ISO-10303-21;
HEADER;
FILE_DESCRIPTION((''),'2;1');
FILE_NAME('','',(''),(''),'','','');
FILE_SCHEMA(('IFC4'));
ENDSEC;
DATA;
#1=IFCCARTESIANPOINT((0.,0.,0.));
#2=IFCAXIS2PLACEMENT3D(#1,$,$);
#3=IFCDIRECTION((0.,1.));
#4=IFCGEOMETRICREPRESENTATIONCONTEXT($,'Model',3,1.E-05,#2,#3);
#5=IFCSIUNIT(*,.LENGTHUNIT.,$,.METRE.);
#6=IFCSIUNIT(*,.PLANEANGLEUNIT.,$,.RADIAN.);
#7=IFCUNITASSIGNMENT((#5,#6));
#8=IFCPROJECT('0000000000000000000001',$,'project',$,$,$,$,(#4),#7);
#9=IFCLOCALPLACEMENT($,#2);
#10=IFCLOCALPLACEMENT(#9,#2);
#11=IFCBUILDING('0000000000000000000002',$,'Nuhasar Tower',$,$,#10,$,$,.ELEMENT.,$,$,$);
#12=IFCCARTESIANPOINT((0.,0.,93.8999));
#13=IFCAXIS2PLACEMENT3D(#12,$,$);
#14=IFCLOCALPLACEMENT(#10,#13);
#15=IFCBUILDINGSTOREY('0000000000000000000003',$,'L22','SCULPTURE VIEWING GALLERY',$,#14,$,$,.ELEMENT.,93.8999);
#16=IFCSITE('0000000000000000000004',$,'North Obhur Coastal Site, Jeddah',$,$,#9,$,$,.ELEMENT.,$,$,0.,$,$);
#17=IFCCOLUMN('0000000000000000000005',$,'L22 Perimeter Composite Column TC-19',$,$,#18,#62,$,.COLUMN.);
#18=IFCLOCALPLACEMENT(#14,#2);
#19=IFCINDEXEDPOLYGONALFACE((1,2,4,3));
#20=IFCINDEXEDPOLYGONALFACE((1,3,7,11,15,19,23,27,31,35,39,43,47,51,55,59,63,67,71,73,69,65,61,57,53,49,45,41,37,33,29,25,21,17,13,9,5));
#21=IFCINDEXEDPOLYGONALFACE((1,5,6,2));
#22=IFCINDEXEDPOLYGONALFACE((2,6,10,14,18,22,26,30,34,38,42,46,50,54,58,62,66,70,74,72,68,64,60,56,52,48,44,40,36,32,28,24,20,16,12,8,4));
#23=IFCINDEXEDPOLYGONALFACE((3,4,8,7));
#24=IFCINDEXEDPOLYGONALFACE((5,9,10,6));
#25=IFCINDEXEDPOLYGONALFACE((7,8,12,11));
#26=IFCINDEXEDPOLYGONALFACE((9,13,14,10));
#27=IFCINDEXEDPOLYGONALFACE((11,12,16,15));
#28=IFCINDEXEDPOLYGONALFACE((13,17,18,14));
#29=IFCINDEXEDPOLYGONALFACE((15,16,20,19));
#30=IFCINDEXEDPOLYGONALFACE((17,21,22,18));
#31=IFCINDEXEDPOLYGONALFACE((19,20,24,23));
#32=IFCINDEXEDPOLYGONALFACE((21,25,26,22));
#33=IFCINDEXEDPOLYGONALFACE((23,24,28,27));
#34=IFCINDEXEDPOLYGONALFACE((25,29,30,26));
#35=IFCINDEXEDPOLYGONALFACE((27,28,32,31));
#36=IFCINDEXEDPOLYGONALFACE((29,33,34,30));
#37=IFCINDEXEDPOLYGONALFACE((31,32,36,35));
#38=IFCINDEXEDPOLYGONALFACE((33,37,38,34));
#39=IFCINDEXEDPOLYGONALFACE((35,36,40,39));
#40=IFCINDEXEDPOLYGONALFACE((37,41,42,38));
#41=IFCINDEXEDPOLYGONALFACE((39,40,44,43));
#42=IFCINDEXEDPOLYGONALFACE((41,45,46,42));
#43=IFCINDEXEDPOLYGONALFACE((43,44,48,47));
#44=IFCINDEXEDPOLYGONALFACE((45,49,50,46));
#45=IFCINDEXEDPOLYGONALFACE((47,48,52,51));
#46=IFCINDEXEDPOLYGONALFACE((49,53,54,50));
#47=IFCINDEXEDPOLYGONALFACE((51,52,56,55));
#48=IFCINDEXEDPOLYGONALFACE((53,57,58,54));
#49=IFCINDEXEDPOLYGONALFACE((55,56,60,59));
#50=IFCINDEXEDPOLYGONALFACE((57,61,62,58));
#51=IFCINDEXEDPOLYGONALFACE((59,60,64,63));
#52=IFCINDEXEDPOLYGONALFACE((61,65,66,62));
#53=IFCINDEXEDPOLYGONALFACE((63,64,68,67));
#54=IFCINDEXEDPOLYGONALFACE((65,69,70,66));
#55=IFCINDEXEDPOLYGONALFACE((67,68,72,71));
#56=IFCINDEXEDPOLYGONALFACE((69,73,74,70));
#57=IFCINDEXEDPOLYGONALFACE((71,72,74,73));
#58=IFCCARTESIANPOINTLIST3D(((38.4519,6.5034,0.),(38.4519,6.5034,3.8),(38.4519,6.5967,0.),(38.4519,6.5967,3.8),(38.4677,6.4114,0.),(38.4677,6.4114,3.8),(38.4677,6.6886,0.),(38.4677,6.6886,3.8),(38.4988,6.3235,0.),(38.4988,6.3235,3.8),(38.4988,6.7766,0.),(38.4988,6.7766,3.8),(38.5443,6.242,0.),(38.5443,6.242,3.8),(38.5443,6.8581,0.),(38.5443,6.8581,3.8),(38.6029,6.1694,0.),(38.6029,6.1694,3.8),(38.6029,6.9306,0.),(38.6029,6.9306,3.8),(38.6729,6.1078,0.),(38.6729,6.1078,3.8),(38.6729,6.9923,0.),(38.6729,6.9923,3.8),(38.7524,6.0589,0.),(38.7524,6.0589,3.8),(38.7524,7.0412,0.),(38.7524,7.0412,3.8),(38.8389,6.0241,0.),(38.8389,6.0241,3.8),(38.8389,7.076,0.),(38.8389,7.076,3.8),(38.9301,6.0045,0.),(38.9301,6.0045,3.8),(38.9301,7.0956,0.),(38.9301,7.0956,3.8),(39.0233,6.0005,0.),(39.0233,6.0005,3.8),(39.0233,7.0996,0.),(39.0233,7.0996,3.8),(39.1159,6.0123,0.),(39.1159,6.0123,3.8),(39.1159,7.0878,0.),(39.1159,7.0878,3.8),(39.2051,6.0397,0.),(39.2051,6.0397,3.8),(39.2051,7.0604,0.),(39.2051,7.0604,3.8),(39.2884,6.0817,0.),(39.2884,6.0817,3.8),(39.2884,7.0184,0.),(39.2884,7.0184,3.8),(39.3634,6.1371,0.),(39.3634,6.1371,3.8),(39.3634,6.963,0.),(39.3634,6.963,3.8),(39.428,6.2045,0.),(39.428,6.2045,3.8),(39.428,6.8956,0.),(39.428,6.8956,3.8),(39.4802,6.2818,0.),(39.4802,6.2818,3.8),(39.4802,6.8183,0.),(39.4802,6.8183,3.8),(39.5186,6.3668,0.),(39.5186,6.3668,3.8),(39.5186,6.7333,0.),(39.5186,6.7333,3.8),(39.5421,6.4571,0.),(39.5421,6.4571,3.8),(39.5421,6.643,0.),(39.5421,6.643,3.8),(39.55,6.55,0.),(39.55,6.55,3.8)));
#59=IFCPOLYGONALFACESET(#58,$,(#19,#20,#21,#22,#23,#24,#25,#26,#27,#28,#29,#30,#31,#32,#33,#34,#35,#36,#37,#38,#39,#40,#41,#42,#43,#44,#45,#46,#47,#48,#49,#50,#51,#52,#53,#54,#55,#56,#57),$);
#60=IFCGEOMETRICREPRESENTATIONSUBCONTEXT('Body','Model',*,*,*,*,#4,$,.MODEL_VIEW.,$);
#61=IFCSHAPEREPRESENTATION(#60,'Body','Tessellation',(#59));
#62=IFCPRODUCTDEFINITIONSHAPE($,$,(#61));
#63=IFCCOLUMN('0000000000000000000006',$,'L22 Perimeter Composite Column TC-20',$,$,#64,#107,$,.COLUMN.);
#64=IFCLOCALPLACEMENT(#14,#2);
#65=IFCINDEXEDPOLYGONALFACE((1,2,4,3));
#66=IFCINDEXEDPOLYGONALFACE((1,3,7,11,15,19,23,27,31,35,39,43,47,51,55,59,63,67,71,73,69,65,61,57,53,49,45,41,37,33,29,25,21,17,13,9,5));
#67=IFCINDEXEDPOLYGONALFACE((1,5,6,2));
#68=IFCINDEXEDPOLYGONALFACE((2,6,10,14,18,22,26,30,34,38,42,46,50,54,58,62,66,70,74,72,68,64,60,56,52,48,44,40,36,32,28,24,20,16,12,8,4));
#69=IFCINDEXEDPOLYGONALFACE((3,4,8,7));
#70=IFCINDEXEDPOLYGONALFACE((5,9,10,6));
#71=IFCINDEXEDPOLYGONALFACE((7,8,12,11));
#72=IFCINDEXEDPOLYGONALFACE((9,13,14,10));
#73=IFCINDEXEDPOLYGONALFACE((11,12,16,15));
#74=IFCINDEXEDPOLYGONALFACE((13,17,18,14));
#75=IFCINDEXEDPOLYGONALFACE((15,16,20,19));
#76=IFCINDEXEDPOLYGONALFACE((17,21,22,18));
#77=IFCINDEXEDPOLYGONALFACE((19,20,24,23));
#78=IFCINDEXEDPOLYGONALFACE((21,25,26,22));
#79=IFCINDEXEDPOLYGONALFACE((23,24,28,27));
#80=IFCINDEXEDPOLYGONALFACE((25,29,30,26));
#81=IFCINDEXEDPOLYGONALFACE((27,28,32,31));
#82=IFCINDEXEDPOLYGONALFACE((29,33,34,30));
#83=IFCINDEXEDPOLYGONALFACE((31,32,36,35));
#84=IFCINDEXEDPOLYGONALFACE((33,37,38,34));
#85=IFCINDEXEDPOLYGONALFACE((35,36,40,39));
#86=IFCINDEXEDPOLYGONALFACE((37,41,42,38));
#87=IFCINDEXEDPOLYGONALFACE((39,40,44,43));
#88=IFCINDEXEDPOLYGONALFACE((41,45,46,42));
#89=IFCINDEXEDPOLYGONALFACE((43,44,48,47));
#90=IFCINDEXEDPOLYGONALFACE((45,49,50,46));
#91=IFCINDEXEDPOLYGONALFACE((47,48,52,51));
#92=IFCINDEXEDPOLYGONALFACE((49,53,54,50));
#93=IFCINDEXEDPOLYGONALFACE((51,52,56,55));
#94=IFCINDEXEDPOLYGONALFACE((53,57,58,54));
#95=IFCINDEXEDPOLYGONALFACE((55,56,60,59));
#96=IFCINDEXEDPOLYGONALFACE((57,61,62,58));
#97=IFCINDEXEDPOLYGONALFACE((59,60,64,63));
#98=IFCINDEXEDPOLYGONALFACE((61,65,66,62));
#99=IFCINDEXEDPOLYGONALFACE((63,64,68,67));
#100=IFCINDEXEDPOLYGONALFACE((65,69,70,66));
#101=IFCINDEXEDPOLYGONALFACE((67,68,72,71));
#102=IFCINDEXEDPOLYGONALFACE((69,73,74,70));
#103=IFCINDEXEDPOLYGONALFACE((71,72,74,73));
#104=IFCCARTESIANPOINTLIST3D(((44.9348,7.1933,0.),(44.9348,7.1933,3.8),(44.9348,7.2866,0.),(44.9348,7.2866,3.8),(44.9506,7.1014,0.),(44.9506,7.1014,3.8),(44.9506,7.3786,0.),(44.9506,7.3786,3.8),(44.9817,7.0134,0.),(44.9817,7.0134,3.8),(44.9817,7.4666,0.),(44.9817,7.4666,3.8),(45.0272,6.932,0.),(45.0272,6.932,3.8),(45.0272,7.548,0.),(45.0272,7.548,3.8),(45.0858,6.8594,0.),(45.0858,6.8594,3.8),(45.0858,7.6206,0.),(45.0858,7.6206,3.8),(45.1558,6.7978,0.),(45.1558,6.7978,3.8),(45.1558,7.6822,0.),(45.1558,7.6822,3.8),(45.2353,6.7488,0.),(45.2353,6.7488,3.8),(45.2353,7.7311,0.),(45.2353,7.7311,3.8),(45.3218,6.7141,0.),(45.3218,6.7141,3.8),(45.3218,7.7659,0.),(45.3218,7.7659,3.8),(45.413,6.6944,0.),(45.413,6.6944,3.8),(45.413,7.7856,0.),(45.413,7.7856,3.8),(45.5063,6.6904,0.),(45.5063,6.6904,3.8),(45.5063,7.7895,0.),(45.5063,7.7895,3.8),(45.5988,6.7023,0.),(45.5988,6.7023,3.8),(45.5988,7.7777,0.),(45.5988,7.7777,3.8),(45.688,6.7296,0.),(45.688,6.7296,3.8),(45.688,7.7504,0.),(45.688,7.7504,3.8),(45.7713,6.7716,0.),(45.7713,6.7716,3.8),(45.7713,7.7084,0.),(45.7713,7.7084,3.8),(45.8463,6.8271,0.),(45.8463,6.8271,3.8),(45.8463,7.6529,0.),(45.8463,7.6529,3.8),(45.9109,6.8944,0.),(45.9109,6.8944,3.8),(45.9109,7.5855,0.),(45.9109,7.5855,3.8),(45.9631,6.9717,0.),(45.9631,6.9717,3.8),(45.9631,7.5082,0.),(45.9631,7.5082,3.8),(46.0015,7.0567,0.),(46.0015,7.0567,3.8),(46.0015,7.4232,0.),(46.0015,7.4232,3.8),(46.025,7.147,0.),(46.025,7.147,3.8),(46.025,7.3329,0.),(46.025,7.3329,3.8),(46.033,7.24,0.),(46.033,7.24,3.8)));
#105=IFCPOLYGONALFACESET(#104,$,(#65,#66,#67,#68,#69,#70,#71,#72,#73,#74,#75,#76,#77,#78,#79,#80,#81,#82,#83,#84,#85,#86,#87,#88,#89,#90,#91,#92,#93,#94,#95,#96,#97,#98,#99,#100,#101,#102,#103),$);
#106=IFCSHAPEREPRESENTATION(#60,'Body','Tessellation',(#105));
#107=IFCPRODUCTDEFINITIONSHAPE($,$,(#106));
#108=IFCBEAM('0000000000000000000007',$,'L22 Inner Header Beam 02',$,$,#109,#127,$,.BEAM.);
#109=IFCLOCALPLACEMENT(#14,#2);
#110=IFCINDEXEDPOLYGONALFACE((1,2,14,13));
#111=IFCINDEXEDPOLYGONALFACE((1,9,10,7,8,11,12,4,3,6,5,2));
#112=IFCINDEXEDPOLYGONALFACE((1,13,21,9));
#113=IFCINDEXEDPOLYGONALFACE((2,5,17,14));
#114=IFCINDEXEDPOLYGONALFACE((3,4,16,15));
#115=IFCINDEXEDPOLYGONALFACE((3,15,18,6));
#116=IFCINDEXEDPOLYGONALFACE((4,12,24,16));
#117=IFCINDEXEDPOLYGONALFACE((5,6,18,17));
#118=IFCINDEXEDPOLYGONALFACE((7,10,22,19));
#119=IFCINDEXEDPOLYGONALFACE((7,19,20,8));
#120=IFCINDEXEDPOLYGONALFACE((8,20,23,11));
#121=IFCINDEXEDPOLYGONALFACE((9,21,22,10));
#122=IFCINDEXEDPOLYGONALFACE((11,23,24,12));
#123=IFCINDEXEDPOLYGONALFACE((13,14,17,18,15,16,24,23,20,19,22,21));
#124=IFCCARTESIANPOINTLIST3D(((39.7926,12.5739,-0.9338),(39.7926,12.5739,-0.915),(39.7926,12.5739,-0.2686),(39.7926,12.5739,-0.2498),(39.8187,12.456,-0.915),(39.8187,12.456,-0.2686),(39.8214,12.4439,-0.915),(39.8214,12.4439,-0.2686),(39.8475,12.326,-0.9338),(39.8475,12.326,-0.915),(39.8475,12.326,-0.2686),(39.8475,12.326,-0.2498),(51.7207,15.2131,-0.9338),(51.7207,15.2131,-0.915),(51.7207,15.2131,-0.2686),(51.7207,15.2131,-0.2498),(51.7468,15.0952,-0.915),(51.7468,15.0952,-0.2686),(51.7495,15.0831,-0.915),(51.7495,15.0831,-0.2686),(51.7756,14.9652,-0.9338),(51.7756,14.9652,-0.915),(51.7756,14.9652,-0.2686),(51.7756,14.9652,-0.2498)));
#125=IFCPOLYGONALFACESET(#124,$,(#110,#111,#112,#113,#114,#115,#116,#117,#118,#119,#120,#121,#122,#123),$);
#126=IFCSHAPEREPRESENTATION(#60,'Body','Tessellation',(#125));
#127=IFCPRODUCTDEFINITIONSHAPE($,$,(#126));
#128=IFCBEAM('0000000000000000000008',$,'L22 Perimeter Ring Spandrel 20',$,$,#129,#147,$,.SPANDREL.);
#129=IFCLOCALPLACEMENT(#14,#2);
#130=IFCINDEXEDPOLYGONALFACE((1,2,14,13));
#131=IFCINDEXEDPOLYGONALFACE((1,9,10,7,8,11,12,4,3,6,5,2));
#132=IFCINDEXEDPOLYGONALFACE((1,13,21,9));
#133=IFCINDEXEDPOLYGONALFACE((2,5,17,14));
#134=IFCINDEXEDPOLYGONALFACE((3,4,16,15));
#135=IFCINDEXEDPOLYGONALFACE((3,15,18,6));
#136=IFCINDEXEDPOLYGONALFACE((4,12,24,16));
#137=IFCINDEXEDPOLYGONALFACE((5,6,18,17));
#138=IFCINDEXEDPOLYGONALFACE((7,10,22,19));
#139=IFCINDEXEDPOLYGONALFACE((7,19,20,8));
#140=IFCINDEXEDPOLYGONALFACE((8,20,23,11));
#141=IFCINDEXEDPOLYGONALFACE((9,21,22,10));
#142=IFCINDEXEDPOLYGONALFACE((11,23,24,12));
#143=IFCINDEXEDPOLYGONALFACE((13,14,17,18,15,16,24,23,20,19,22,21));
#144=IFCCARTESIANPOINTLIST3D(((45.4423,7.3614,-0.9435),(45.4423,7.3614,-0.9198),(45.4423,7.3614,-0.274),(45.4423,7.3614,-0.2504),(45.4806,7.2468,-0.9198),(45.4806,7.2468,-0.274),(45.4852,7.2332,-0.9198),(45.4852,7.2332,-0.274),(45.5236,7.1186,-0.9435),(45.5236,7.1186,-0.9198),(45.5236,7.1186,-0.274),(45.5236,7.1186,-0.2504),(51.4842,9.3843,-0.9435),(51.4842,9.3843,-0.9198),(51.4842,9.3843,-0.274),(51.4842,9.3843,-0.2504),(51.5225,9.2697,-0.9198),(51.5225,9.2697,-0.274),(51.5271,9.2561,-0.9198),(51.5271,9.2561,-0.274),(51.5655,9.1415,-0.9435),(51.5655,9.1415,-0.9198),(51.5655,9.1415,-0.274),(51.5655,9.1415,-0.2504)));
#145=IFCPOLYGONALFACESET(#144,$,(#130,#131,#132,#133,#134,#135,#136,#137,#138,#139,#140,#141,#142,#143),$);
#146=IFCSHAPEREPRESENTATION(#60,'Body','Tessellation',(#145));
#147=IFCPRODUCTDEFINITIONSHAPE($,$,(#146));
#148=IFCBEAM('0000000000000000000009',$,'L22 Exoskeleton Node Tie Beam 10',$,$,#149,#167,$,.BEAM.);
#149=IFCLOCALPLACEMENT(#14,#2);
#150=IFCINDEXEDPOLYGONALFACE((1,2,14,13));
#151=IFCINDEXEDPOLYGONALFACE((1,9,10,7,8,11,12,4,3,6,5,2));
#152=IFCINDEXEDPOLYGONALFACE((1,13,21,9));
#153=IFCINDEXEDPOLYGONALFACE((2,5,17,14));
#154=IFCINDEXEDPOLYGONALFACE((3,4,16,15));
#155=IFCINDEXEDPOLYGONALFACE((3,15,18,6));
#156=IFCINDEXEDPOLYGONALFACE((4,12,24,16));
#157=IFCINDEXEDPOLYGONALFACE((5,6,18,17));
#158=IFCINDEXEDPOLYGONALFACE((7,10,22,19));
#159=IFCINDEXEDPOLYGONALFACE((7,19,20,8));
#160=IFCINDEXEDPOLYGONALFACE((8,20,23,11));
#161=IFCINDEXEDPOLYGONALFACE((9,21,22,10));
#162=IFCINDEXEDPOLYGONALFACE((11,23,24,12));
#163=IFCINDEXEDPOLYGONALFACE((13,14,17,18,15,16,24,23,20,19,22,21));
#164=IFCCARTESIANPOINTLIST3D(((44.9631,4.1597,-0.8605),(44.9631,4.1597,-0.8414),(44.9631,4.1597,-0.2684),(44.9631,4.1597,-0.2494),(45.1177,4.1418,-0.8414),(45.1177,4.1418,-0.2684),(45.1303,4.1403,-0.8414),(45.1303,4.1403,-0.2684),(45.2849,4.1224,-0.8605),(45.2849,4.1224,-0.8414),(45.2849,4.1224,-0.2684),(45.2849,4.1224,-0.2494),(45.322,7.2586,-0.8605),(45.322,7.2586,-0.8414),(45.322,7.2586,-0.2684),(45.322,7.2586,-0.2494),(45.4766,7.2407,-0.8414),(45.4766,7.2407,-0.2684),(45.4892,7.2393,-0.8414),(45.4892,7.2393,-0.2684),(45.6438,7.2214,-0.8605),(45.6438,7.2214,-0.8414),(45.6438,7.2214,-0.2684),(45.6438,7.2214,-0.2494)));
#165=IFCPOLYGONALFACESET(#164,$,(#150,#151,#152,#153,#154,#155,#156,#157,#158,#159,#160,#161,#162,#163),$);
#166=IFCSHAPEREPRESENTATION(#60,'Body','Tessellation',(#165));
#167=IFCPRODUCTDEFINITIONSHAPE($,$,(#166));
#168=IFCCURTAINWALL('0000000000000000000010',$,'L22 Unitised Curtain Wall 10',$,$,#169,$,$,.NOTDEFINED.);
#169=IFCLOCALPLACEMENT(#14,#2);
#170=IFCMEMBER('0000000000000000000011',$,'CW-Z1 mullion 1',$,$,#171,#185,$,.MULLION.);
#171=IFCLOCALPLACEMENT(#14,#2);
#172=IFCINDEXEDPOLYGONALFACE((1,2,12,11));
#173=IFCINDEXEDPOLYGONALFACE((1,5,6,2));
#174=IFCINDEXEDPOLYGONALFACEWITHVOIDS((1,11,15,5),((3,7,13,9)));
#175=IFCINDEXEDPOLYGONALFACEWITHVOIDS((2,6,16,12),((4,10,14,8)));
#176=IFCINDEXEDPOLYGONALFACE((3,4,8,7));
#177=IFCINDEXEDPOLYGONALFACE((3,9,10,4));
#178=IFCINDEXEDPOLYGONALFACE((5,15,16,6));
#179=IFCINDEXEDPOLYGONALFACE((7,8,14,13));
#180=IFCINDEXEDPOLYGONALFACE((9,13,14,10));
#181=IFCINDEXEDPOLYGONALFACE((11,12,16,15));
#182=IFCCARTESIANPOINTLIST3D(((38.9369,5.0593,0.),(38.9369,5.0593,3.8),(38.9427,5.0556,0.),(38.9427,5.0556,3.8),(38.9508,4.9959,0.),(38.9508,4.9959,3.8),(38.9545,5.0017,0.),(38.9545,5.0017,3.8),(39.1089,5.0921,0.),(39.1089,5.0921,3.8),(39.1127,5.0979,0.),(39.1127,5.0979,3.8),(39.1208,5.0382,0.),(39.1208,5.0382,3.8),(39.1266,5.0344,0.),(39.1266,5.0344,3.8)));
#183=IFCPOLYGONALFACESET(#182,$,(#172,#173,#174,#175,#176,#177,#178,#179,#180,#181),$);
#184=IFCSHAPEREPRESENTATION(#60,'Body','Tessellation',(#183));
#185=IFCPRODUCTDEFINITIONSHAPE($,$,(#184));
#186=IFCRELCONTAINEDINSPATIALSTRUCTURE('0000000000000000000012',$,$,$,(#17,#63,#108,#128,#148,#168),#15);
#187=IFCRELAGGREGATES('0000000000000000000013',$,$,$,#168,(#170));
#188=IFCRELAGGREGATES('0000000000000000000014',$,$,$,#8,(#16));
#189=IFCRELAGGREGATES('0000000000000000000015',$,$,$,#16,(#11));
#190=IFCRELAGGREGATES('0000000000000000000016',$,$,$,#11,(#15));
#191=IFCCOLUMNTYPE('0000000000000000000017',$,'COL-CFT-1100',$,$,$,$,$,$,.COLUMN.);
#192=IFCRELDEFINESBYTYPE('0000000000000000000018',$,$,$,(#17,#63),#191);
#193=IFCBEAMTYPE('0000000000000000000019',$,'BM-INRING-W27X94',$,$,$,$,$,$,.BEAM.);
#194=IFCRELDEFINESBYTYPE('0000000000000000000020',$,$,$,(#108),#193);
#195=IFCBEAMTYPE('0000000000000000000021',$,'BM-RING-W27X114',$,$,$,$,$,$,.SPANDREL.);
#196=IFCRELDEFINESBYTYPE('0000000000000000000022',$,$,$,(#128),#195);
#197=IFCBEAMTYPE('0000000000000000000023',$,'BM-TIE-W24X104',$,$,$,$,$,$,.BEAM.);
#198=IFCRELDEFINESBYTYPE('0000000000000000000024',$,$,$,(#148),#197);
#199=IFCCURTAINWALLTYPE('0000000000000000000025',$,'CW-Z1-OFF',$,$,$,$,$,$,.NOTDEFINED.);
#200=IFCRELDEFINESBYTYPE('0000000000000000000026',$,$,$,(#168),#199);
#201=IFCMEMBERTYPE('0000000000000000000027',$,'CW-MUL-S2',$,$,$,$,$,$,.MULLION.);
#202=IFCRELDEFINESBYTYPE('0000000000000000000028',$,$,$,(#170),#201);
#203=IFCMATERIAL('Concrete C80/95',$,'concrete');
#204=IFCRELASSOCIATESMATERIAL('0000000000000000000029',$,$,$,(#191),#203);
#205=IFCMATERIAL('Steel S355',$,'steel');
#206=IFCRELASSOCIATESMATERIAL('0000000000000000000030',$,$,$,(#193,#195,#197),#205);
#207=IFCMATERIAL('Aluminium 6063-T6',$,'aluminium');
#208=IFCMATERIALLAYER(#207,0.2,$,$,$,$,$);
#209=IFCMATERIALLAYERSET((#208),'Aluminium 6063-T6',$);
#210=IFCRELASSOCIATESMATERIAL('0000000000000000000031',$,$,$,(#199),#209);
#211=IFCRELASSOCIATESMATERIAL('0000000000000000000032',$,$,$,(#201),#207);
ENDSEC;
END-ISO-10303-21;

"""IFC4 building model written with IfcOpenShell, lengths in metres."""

from ifc_helpers import new_model, si_unit, direction, frame, origin, origin_2d, place, context, subcontext, project, spatial, hollow_rectangle, circle, i_section, extrude, material, layer, layer_set, material_profile, profile_set, type_object, element, aggregate, save


model = new_model("IFC4")

# Units and contexts
model_context = context("Model", 3, precision=1e-05, world=origin(), true_north=direction((0.0, 1.0)))
body_context = subcontext(model_context, "Body", "Model", "MODEL_VIEW")
ifc_project = project(units=[si_unit("LENGTHUNIT", "METRE"), si_unit("PLANEANGLEUNIT", "RADIAN")], contexts=[model_context])

# Site, building, storey
site_placement = place(None, origin())
site = spatial("IfcSite", under=ifc_project, at=site_placement, Name="North Obhur Coastal Site, Jeddah", CompositionType="ELEMENT", RefElevation=0.0)
building_placement = place(site_placement, origin())
building = spatial("IfcBuilding", under=site, at=building_placement, Name="Nuhasar Tower", CompositionType="ELEMENT")
storey_placement = place(building_placement, frame((0.0, 0.0, 93.8999)))
storey = spatial("IfcBuildingStorey", under=building, at=storey_placement, Name="L22", Description="SCULPTURE VIEWING GALLERY", CompositionType="ELEMENT", Elevation=93.8999)

# Columns
ifc_material_1 = material(Name="Concrete C80/95", Category="concrete")
ifc_material_profile_1 = material_profile(ifc_material_1, circle(Radius=0.55, at=origin_2d()), Name="CFT1100")
ifc_profile_set_1 = profile_set([ifc_material_profile_1], Name="Concrete C80/95")
column_type = type_object("IfcColumnType", Name="COL-CFT-1100", PredefinedType="COLUMN", material=ifc_profile_set_1)
for number, where, z_axis, x_axis, name in (
    (1, (39.0, 6.55, 0.0), (0.0, 0.0, 1.0), (1.0, 0.0, 0.0), "L22 Perimeter Composite Column TC-19"),
    (2, (45.4829, 7.24, 0.0), (0.0, 0.0, 1.0), (1.0, 0.0, 0.0), "L22 Perimeter Composite Column TC-20"),
):
    element("IfcColumn", number, at=place(storey_placement, frame(where, z_axis=z_axis, x_axis=x_axis)), inside=storey, type_object=column_type, Name=name, PredefinedType="COLUMN", context=body_context, shape_type="SweptSolid", body=[
        extrude(circle(Radius=0.55, at=origin_2d()), origin(), (0.0, 0.0, 1.0), 3.8),
    ])

# Beams
ifc_material_2 = material(Name="Steel S355", Category="steel")
ifc_material_profile_2 = material_profile(ifc_material_2, i_section(OverallWidth=0.2539, OverallDepth=0.6841, WebThickness=0.0125, FlangeThickness=0.0188, at=origin_2d()), Name="W27X94")
ifc_profile_set_2 = profile_set([ifc_material_profile_2], Name="Steel S355")
beam_type_1 = type_object("IfcBeamType", Name="BM-INRING-W27X94", PredefinedType="BEAM", material=ifc_profile_set_2)
beam_1_placement = place(storey_placement, frame((39.8201, 12.45, -0.5918), z_axis=(0.976386, 0.216033, 0.0), x_axis=(-0.216033, 0.976386, 0.0)))
element("IfcBeam", 3, at=beam_1_placement, inside=storey, type_object=beam_type_1, Name="L22 Inner Header Beam 02", PredefinedType="BEAM", context=body_context, shape_type="SweptSolid", body=[
    extrude(i_section(OverallWidth=0.2539, OverallDepth=0.6841, WebThickness=0.0125, FlangeThickness=0.0188, at=origin_2d()), origin(), (0.0, 0.0, 1.0), 12.2166),
])
ifc_material_profile_3 = material_profile(ifc_material_2, i_section(OverallWidth=0.2561, OverallDepth=0.6931, WebThickness=0.0144, FlangeThickness=0.0237, at=origin_2d()), Name="W27X114")
ifc_profile_set_3 = profile_set([ifc_material_profile_3], Name="Steel S355")
beam_type_2 = type_object("IfcBeamType", Name="BM-RING-W27X114", PredefinedType="SPANDREL", material=ifc_profile_set_3)
beam_2_placement = place(storey_placement, frame((45.4829, 7.24, -0.5969), z_axis=(0.948261, 0.317492, 0.0), x_axis=(-0.317492, 0.948261, 0.0)))
element("IfcBeam", 4, at=beam_2_placement, inside=storey, type_object=beam_type_2, Name="L22 Perimeter Ring Spandrel 20", PredefinedType="SPANDREL", context=body_context, shape_type="SweptSolid", body=[
    extrude(i_section(OverallWidth=0.2561, OverallDepth=0.6931, WebThickness=0.0144, FlangeThickness=0.0237, at=origin_2d()), origin(), (0.0, 0.0, 1.0), 6.3716),
])
ifc_material_profile_4 = material_profile(ifc_material_2, i_section(OverallWidth=0.324, OverallDepth=0.6111, WebThickness=0.0127, FlangeThickness=0.019, at=origin_2d()), Name="W24X104")
ifc_profile_set_4 = profile_set([ifc_material_profile_4], Name="Steel S355")
beam_type_3 = type_object("IfcBeamType", Name="BM-TIE-W24X104", PredefinedType="BEAM", material=ifc_profile_set_4)
beam_3_placement = place(storey_placement, frame((45.4829, 7.24, -0.5549), z_axis=(-0.115043, -0.993361, 0.0), x_axis=(0.993361, -0.115043, 0.0)))
element("IfcBeam", 5, at=beam_3_placement, inside=storey, type_object=beam_type_3, Name="L22 Exoskeleton Node Tie Beam 10", PredefinedType="BEAM", context=body_context, shape_type="SweptSolid", body=[
    extrude(i_section(OverallWidth=0.324, OverallDepth=0.6111, WebThickness=0.0127, FlangeThickness=0.019, at=origin_2d()), origin(), (0.0, 0.0, 1.0), 3.1196),
])

# Curtain wall, member
ifc_material_3 = material(Name="Aluminium 6063-T6", Category="aluminium")
ifc_layer_1 = layer(ifc_material_3, 0.2)
ifc_layer_set_1 = layer_set([ifc_layer_1], Name="Aluminium 6063-T6")
curtain_wall_type = type_object("IfcCurtainWallType", Name="CW-Z1-OFF", PredefinedType="NOTDEFINED", material=ifc_layer_set_1)
curtain_wall_placement = place(storey_placement, origin())
curtain_wall = element("IfcCurtainWall", 6, at=curtain_wall_placement, inside=storey, type_object=curtain_wall_type, Name="L22 Unitised Curtain Wall 10", PredefinedType="NOTDEFINED")
ifc_material_profile_5 = material_profile(ifc_material_3, hollow_rectangle(XDim=0.0649, YDim=0.1799, WallThickness=0.0049, at=origin_2d()), Name="CWM-2")
ifc_profile_set_5 = profile_set([ifc_material_profile_5], Name="Aluminium 6063-T6")
member_type_1 = type_object("IfcMemberType", Name="CW-MUL-S2", PredefinedType="MULLION", material=ifc_profile_set_5)
member_1_placement = place(storey_placement, frame((39.0317, 5.0469, 0.0), z_axis=(0.0, 0.0, 1.0), x_axis=(-0.214399, 0.976746, 0.0)))
member_1 = element("IfcMember", 7, at=member_1_placement, type_object=member_type_1, Name="CW-Z1 mullion 1", PredefinedType="MULLION", context=body_context, shape_type="SweptSolid", body=[
    extrude(hollow_rectangle(XDim=0.0649, YDim=0.1799, WallThickness=0.0049, at=origin_2d()), origin(), (0.0, 0.0, 1.0), 3.8),
])

aggregate(curtain_wall, [member_1])

save(model, "model.ifc")
